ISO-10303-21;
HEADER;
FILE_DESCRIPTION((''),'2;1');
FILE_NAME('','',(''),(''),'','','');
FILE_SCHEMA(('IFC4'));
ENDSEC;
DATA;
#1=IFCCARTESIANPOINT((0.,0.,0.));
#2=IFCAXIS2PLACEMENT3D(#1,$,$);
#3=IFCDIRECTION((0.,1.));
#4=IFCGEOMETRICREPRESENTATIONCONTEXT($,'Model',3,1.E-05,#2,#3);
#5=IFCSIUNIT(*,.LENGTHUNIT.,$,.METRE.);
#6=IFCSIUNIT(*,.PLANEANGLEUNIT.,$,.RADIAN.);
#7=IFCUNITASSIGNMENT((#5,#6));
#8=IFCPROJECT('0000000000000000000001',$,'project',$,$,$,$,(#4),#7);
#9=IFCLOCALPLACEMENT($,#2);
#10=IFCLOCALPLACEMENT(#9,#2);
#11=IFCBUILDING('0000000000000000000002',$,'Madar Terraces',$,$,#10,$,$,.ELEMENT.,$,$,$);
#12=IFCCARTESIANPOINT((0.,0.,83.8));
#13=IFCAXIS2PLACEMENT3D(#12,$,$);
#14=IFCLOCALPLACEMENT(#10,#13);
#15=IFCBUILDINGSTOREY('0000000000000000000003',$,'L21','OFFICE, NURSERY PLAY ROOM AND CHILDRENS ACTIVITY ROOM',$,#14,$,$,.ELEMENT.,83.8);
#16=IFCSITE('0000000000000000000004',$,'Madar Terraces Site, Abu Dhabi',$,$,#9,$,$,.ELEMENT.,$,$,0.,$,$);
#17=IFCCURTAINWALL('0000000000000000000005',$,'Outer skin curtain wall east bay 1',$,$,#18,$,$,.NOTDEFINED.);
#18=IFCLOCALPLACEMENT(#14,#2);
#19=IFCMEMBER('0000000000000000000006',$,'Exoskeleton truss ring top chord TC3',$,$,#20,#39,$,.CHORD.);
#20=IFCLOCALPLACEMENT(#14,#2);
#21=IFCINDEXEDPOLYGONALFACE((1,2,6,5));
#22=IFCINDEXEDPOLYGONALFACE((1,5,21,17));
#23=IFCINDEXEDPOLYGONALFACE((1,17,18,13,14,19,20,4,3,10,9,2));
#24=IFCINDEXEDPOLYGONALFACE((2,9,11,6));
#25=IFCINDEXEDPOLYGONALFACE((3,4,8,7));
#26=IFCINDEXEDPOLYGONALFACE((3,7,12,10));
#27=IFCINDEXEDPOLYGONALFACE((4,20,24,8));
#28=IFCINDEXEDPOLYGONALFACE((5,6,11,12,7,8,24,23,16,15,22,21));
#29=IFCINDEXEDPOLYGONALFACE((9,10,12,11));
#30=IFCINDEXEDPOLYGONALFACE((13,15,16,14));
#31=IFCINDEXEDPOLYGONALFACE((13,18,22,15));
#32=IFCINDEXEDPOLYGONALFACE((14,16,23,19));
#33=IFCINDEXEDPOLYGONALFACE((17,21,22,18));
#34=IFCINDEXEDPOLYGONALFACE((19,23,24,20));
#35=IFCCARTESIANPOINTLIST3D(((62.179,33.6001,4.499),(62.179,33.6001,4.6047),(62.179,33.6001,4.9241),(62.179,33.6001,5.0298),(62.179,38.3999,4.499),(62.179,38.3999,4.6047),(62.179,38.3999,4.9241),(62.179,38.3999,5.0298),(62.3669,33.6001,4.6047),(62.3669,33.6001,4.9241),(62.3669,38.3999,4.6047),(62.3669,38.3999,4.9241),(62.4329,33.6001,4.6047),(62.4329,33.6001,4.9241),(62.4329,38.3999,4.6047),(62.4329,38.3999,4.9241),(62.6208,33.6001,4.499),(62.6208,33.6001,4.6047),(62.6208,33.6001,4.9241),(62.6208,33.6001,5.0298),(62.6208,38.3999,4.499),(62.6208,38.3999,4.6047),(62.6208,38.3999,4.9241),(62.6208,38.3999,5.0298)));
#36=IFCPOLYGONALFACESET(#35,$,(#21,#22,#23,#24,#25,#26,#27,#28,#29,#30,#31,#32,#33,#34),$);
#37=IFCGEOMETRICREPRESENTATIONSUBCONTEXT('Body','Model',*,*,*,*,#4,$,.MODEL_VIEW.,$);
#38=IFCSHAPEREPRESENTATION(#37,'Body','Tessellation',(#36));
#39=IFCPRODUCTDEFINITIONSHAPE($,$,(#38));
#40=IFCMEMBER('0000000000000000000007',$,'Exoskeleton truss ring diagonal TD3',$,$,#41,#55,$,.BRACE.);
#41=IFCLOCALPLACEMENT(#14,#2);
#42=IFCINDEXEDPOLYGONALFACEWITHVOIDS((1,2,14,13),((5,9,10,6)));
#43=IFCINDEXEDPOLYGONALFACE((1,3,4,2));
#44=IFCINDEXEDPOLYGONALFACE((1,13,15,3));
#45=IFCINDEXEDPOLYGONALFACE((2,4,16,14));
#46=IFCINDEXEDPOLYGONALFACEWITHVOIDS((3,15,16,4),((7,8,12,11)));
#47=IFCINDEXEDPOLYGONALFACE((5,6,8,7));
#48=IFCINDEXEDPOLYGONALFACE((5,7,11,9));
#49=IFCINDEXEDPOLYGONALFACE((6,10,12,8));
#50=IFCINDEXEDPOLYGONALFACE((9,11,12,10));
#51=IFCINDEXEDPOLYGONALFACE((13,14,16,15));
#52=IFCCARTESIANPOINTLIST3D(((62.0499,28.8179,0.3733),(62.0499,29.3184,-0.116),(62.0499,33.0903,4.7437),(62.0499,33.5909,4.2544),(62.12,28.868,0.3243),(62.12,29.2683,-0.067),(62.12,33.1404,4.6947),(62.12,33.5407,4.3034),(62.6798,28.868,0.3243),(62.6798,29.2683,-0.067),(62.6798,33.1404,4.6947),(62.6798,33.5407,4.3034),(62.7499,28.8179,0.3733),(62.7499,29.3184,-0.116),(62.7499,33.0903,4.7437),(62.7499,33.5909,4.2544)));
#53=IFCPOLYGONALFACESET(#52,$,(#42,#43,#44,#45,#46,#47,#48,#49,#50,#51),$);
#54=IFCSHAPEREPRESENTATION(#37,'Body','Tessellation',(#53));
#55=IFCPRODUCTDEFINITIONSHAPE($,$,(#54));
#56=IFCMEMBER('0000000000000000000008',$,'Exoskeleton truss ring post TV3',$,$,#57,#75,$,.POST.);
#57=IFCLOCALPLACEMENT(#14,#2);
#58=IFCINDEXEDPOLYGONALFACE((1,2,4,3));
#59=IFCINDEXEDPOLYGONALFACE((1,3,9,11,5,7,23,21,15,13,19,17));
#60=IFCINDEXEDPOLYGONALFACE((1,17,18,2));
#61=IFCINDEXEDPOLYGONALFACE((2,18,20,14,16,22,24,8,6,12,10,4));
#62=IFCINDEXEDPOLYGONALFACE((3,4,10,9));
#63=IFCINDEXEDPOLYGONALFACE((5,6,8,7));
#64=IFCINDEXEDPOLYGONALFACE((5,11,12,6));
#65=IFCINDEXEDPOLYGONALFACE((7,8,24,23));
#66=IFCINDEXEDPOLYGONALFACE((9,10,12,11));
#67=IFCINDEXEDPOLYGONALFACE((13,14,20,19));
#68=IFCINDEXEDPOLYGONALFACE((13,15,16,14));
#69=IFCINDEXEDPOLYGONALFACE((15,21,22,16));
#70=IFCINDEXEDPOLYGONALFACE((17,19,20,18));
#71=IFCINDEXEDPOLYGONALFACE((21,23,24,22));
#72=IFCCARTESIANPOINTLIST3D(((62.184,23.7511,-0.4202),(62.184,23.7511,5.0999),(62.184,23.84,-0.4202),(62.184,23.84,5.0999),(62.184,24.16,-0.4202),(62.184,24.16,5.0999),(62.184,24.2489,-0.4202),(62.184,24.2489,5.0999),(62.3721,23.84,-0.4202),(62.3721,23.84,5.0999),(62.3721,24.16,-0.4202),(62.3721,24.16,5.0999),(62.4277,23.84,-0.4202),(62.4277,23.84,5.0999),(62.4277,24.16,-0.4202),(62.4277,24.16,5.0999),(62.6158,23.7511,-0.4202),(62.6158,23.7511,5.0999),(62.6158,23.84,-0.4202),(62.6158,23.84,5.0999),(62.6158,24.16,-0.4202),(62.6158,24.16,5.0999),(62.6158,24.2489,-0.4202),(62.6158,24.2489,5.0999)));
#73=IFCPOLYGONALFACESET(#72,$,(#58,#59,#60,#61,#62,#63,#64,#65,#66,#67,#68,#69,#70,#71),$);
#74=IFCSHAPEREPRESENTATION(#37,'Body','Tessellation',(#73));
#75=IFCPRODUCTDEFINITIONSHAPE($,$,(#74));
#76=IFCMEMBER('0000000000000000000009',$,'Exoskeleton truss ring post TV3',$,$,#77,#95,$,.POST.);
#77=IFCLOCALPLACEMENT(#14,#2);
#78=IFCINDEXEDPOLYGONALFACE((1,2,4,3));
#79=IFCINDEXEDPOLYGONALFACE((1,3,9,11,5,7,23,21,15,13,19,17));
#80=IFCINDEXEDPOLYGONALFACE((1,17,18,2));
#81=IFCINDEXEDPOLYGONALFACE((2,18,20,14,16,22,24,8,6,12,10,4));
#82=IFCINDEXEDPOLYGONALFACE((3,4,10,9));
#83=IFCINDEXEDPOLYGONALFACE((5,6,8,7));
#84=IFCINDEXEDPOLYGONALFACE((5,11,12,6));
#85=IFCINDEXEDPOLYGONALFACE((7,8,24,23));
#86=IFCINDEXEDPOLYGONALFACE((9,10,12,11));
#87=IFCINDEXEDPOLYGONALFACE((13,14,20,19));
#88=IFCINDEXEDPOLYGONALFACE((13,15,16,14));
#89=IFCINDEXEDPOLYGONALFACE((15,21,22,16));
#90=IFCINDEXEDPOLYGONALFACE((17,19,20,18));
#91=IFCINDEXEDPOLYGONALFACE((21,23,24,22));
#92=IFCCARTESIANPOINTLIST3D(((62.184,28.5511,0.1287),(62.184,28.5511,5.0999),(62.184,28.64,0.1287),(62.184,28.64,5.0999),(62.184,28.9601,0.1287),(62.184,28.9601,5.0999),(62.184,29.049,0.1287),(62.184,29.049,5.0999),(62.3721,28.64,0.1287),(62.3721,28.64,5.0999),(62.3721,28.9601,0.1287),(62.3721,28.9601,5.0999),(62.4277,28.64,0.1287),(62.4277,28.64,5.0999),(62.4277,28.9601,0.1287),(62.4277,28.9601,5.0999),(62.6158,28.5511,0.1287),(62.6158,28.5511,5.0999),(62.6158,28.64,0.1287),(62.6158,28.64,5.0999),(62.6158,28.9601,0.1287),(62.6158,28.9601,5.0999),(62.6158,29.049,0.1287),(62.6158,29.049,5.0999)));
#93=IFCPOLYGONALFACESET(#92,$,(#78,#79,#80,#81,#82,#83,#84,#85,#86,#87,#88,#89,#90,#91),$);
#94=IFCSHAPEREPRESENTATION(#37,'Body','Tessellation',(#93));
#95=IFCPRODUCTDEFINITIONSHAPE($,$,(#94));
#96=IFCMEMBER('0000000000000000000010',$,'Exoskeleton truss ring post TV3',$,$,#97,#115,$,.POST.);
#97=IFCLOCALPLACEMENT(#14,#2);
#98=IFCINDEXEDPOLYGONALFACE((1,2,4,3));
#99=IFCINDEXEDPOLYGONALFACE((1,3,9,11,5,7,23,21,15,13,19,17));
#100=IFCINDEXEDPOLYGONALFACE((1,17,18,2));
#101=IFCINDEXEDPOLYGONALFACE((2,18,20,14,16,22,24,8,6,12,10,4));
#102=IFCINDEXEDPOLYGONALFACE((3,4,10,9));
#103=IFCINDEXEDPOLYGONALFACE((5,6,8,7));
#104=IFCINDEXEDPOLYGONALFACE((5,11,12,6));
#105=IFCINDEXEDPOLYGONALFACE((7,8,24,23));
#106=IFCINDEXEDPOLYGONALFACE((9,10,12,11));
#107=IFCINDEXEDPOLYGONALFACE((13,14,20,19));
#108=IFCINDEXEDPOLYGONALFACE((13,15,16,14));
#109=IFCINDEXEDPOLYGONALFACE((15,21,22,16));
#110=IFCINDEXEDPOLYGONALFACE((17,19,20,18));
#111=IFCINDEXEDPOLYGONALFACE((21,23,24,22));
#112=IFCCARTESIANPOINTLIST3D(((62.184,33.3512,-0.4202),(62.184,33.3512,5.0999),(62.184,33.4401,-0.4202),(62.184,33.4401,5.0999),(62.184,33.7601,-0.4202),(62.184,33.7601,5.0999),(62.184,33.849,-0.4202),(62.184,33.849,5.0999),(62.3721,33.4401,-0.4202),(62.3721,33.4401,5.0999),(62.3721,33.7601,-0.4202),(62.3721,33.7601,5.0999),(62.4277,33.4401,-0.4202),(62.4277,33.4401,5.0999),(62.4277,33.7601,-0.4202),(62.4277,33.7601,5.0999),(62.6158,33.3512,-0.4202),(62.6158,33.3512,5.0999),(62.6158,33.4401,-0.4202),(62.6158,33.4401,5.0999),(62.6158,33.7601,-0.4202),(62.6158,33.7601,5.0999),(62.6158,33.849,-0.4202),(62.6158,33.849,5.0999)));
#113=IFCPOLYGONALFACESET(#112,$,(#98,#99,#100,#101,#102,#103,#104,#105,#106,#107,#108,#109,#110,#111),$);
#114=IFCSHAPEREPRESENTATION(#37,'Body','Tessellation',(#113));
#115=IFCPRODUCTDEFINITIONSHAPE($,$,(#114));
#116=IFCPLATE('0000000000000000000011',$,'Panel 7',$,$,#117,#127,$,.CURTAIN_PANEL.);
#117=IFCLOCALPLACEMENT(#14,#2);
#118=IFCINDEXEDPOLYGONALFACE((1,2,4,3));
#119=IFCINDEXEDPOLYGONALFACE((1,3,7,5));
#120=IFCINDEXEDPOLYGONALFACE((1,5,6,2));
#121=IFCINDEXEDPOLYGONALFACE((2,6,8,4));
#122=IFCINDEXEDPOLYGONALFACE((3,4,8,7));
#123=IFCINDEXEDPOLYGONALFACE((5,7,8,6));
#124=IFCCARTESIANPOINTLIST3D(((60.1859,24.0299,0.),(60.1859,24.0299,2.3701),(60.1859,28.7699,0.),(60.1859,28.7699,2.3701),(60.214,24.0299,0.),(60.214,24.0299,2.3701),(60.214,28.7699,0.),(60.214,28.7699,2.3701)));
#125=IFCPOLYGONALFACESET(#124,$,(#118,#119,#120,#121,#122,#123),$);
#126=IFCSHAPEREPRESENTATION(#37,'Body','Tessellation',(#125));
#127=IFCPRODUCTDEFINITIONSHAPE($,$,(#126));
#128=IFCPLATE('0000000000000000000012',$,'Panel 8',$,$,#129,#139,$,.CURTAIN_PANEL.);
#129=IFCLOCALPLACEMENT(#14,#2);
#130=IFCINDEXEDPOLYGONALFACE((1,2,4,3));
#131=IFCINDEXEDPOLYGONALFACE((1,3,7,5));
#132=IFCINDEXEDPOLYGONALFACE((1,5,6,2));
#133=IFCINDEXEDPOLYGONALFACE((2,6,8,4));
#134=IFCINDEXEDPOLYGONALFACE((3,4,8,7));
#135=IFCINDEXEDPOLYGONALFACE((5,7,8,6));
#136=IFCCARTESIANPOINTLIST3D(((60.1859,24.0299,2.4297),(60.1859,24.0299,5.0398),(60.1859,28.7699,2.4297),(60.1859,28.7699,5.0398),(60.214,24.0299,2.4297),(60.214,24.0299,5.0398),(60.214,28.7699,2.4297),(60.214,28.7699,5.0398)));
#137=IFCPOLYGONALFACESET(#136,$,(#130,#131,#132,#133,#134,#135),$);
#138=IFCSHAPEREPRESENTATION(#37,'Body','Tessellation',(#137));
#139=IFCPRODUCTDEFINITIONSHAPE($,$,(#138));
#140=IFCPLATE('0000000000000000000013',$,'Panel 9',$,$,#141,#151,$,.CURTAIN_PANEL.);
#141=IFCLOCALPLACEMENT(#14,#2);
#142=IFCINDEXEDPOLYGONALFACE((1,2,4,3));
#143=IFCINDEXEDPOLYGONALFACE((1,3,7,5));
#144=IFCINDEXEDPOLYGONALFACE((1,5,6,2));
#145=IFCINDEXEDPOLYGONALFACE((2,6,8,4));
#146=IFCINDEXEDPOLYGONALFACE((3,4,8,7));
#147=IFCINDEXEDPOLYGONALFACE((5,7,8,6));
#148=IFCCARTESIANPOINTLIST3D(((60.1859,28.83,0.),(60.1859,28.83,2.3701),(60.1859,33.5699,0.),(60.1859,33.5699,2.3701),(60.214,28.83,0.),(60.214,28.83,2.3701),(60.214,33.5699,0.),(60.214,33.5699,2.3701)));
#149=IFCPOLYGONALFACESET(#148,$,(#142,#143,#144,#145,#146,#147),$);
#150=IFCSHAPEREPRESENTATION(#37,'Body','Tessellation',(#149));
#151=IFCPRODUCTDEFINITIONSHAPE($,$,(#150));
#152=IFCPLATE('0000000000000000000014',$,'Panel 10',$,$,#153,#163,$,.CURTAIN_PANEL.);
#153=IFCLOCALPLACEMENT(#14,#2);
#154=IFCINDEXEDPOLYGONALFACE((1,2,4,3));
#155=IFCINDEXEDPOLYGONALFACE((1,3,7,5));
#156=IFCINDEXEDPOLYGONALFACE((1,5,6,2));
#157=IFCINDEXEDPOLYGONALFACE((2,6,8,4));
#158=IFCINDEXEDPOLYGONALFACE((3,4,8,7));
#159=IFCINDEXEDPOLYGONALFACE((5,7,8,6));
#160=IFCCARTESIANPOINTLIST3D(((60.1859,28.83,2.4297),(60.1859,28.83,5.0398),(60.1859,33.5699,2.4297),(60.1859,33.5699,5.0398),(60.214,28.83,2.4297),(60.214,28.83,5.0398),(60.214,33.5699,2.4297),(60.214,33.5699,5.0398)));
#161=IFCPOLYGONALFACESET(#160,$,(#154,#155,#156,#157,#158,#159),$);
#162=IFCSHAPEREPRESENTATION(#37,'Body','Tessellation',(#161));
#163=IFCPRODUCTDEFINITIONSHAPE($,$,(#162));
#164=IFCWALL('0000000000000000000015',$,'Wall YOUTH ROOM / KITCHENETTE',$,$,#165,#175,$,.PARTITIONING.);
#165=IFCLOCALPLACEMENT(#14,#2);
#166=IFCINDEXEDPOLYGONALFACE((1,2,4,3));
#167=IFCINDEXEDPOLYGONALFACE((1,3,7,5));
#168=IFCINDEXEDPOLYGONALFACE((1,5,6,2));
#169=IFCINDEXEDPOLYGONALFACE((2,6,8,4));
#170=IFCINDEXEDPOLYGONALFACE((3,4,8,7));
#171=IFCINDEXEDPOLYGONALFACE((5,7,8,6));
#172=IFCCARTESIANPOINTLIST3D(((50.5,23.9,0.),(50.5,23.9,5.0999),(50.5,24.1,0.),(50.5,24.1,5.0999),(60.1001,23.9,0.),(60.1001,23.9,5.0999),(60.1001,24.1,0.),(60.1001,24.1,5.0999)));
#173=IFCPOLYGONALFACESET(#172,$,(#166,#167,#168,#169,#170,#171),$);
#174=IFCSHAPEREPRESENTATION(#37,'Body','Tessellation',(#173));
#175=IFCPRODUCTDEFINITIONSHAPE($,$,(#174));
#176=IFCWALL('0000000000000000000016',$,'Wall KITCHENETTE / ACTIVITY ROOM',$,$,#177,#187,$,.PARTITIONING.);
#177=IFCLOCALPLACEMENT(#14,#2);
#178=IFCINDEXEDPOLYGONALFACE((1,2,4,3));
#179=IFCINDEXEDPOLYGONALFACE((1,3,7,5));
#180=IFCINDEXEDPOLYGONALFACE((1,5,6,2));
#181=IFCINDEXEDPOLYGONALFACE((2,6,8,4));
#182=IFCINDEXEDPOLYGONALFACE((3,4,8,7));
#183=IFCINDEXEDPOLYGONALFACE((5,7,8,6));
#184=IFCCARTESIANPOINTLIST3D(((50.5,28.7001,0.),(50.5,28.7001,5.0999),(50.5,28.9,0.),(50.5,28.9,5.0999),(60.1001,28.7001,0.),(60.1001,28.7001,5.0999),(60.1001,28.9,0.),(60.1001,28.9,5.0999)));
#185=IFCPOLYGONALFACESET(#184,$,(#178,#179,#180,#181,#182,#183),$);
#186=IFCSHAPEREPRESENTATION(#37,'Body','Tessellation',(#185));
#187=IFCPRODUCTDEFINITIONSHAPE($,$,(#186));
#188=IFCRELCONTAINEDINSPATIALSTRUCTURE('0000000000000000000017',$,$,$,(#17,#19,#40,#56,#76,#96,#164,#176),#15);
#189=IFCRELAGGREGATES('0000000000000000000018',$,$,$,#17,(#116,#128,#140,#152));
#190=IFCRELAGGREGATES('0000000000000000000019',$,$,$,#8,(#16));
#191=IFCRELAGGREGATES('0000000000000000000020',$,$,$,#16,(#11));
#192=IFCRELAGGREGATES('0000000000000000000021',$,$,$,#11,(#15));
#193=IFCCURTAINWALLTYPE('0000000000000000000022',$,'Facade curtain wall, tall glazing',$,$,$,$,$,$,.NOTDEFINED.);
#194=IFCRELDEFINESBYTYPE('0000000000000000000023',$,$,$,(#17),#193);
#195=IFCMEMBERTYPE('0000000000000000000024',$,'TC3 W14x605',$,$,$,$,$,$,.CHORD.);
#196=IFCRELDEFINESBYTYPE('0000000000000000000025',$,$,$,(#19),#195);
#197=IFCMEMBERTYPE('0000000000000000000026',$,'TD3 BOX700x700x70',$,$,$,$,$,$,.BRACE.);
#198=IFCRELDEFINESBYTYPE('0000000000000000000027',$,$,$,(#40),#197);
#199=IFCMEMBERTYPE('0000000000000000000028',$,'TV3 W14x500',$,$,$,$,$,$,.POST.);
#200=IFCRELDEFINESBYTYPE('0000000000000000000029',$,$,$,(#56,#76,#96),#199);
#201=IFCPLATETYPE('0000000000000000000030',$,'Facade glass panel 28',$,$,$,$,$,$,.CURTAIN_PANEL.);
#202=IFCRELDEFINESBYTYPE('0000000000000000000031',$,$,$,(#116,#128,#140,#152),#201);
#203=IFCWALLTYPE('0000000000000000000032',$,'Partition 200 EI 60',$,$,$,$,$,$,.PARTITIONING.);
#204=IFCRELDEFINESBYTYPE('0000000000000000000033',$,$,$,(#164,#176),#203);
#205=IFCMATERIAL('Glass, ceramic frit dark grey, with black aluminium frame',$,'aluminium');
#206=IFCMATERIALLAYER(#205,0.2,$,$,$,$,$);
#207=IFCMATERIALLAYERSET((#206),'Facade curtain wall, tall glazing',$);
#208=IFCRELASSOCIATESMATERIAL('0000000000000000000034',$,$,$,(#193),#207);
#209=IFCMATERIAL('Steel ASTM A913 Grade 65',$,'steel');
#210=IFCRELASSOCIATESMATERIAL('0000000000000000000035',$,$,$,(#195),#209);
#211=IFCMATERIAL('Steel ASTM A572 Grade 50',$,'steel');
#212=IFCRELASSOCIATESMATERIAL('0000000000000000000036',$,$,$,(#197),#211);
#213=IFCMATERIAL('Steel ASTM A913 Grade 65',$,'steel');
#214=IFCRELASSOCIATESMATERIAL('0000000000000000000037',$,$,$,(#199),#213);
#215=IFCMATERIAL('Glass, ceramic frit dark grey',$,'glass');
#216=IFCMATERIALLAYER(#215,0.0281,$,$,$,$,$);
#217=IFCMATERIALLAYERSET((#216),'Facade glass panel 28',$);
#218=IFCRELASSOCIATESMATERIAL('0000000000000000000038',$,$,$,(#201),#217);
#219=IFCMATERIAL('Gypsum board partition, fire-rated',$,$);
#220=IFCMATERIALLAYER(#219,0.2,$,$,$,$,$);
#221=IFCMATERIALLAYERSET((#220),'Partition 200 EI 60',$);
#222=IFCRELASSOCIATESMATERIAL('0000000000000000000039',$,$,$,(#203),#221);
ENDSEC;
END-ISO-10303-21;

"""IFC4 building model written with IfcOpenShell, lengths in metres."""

from ifc_helpers import new_model, si_unit, direction, frame, frame_2d, origin, origin_2d, place, context, subcontext, project, spatial, rectangle, hollow_rectangle, i_section, extrude, material, layer, layer_set, material_profile, profile_set, type_object, element, aggregate, save


model = new_model("IFC4")

# Units and contexts
model_context = context("Model", 3, precision=1e-05, world=origin(), true_north=direction((0.0, 1.0)))
body_context = subcontext(model_context, "Body", "Model", "MODEL_VIEW")
ifc_project = project(units=[si_unit("LENGTHUNIT", "METRE"), si_unit("PLANEANGLEUNIT", "RADIAN")], contexts=[model_context])

# Site, building, storey
site_placement = place(None, origin())
site = spatial("IfcSite", under=ifc_project, at=site_placement, Name="Madar Terraces Site, Abu Dhabi", CompositionType="ELEMENT", RefElevation=0.0)
building_placement = place(site_placement, origin())
building = spatial("IfcBuilding", under=site, at=building_placement, Name="Madar Terraces", CompositionType="ELEMENT")
storey_placement = place(building_placement, frame((0.0, 0.0, 83.8)))
storey = spatial("IfcBuildingStorey", under=building, at=storey_placement, Name="L21", Description="OFFICE, NURSERY PLAY ROOM AND CHILDRENS ACTIVITY ROOM", CompositionType="ELEMENT", Elevation=83.8)

# Curtain wall
ifc_material_1 = material(Name="Glass, ceramic frit dark grey, with black aluminium frame", Category="aluminium")
ifc_layer_1 = layer(ifc_material_1, 0.2)
ifc_layer_set_1 = layer_set([ifc_layer_1], Name="Facade curtain wall, tall glazing")
curtain_wall_type = type_object("IfcCurtainWallType", Name="Facade curtain wall, tall glazing", PredefinedType="NOTDEFINED", material=ifc_layer_set_1)
curtain_wall_placement = place(storey_placement, origin())
curtain_wall = element("IfcCurtainWall", 1, at=curtain_wall_placement, inside=storey, type_object=curtain_wall_type, Name="Outer skin curtain wall east bay 1", PredefinedType="NOTDEFINED")

# Members
ifc_material_2 = material(Name="Steel ASTM A913 Grade 65", Category="steel")
ifc_material_profile_1 = material_profile(ifc_material_2, i_section(OverallWidth=0.4419, OverallDepth=0.5308, WebThickness=0.0659, FlangeThickness=0.1057, at=origin_2d()), Name="W14x605")
ifc_profile_set_1 = profile_set([ifc_material_profile_1], Name="Steel ASTM A913 Grade 65")
member_type_1 = type_object("IfcMemberType", Name="TC3 W14x605", PredefinedType="CHORD", material=ifc_profile_set_1)
member_1_placement = place(storey_placement, frame((62.3999, 33.6001, 4.7644), z_axis=(0.0, 1.0, 0.0), x_axis=(-1.0, 0.0, 0.0)))
element("IfcMember", 2, at=member_1_placement, inside=storey, type_object=member_type_1, Name="Exoskeleton truss ring top chord TC3", PredefinedType="CHORD", context=body_context, shape_type="SweptSolid", body=[
    extrude(i_section(OverallWidth=0.4419, OverallDepth=0.5308, WebThickness=0.0659, FlangeThickness=0.1057, at=origin_2d()), origin(), (0.0, 0.0, 1.0), 4.7998),
])
ifc_material_3 = material(Name="Steel ASTM A572 Grade 50", Category="steel")
ifc_material_profile_2 = material_profile(ifc_material_3, hollow_rectangle(XDim=0.7, YDim=0.7, WallThickness=0.0701, at=origin_2d()), Name="BOX700x700x70")
ifc_profile_set_2 = profile_set([ifc_material_profile_2], Name="Steel ASTM A572 Grade 50")
member_type_2 = type_object("IfcMemberType", Name="TD3 BOX700x700x70", PredefinedType="BRACE", material=ifc_profile_set_2)
member_2_placement = place(storey_placement, frame((62.3999, 29.0681, 0.1287), z_axis=(0.0, 0.699052, 0.715071), x_axis=(-1.0, 0.0, 0.0)))
element("IfcMember", 3, at=member_2_placement, inside=storey, type_object=member_type_2, Name="Exoskeleton truss ring diagonal TD3", PredefinedType="BRACE", context=body_context, shape_type="SweptSolid", body=[
    extrude(hollow_rectangle(XDim=0.7, YDim=0.7, WallThickness=0.0701, at=origin_2d()), origin(), (0.0, 0.0, 1.0), 6.1118),
])
ifc_material_4 = material(Name="Steel ASTM A913 Grade 65", Category="steel")
ifc_material_profile_3 = material_profile(ifc_material_4, i_section(OverallWidth=0.4319, OverallDepth=0.4978, WebThickness=0.0557, FlangeThickness=0.0889, at=origin_2d()), Name="W14x500")
ifc_profile_set_3 = profile_set([ifc_material_profile_3], Name="Steel ASTM A913 Grade 65")
member_type_3 = type_object("IfcMemberType", Name="TV3 W14x500", PredefinedType="POST", material=ifc_profile_set_3)
member_3_placement = place(storey_placement, frame((62.3999, 24.0, -0.4202), z_axis=(0.0, 0.0, 1.0), x_axis=(-1.0, 0.0, 0.0)))
element("IfcMember", 4, at=member_3_placement, inside=storey, type_object=member_type_3, Name="Exoskeleton truss ring post TV3", PredefinedType="POST", context=body_context, shape_type="SweptSolid", body=[
    extrude(i_section(OverallWidth=0.4319, OverallDepth=0.4978, WebThickness=0.0557, FlangeThickness=0.0889, at=origin_2d()), origin(), (0.0, 0.0, 1.0), 5.52),
])
member_4_placement = place(storey_placement, frame((62.3999, 28.8, 0.1287), z_axis=(0.0, 0.0, 1.0), x_axis=(-1.0, 0.0, 0.0)))
element("IfcMember", 5, at=member_4_placement, inside=storey, type_object=member_type_3, Name="Exoskeleton truss ring post TV3", PredefinedType="POST", context=body_context, shape_type="SweptSolid", body=[
    extrude(i_section(OverallWidth=0.4319, OverallDepth=0.4978, WebThickness=0.0557, FlangeThickness=0.0889, at=origin_2d()), origin(), (0.0, 0.0, 1.0), 4.9712),
])
member_5_placement = place(storey_placement, frame((62.3999, 33.6001, -0.4202), z_axis=(0.0, 0.0, 1.0), x_axis=(-1.0, 0.0, 0.0)))
element("IfcMember", 6, at=member_5_placement, inside=storey, type_object=member_type_3, Name="Exoskeleton truss ring post TV3", PredefinedType="POST", context=body_context, shape_type="SweptSolid", body=[
    extrude(i_section(OverallWidth=0.4319, OverallDepth=0.4978, WebThickness=0.0557, FlangeThickness=0.0889, at=origin_2d()), origin(), (0.0, 0.0, 1.0), 5.52),
])

# Plates
ifc_material_5 = material(Name="Glass, ceramic frit dark grey", Category="glass")
ifc_layer_2 = layer(ifc_material_5, 0.0281)
ifc_layer_set_2 = layer_set([ifc_layer_2], Name="Facade glass panel 28")
plate_type = type_object("IfcPlateType", Name="Facade glass panel 28", PredefinedType="CURTAIN_PANEL", material=ifc_layer_set_2)
plate_1_placement = place(storey_placement, frame((60.2, 26.3999, 0.0), z_axis=(0.0, 0.0, 1.0), x_axis=(0.0, 1.0, 0.0)))
plate_1 = element("IfcPlate", 7, at=plate_1_placement, type_object=plate_type, Name="Panel 7", PredefinedType="CURTAIN_PANEL", context=body_context, shape_type="SweptSolid", body=[
    extrude(rectangle(XDim=4.74, YDim=0.0281, at=origin_2d()), origin(), (0.0, 0.0, 1.0), 2.3701),
])
plate_2_placement = place(storey_placement, frame((60.2, 26.3999, 2.4297), z_axis=(0.0, 0.0, 1.0), x_axis=(0.0, 1.0, 0.0)))
plate_2 = element("IfcPlate", 8, at=plate_2_placement, type_object=plate_type, Name="Panel 8", PredefinedType="CURTAIN_PANEL", context=body_context, shape_type="SweptSolid", body=[
    extrude(rectangle(XDim=4.74, YDim=0.0281, at=origin_2d()), origin(), (0.0, 0.0, 1.0), 2.6101),
])
plate_3_placement = place(storey_placement, frame((60.2, 31.2, 0.0), z_axis=(0.0, 0.0, 1.0), x_axis=(0.0, 1.0, 0.0)))
plate_3 = element("IfcPlate", 9, at=plate_3_placement, type_object=plate_type, Name="Panel 9", PredefinedType="CURTAIN_PANEL", context=body_context, shape_type="SweptSolid", body=[
    extrude(rectangle(XDim=4.74, YDim=0.0281, at=origin_2d()), origin(), (0.0, 0.0, 1.0), 2.3701),
])
plate_4_placement = place(storey_placement, frame((60.2, 31.2, 2.4297), z_axis=(0.0, 0.0, 1.0), x_axis=(0.0, 1.0, 0.0)))
plate_4 = element("IfcPlate", 10, at=plate_4_placement, type_object=plate_type, Name="Panel 10", PredefinedType="CURTAIN_PANEL", context=body_context, shape_type="SweptSolid", body=[
    extrude(rectangle(XDim=4.74, YDim=0.0281, at=origin_2d()), origin(), (0.0, 0.0, 1.0), 2.6101),
])
aggregate(curtain_wall, [plate_1, plate_2, plate_3, plate_4])

# Walls
ifc_material_6 = material(Name="Gypsum board partition, fire-rated")
ifc_layer_3 = layer(ifc_material_6, 0.2)
ifc_layer_set_3 = layer_set([ifc_layer_3], Name="Partition 200 EI 60")
wall_type = type_object("IfcWallType", Name="Partition 200 EI 60", PredefinedType="PARTITIONING", material=ifc_layer_set_3)
for number, where, z_axis, x_axis, name in (
    (11, (50.5, 24.0, 0.0), (0.0, 0.0, 1.0), (1.0, 0.0, 0.0), "Wall YOUTH ROOM / KITCHENETTE"),
    (12, (50.5, 28.8, 0.0), (0.0, 0.0, 1.0), (1.0, 0.0, 0.0), "Wall KITCHENETTE / ACTIVITY ROOM"),
):
    element("IfcWall", number, at=place(storey_placement, frame(where, z_axis=z_axis, x_axis=x_axis)), inside=storey, type_object=wall_type, Name=name, PredefinedType="PARTITIONING", context=body_context, shape_type="SweptSolid", body=[
        extrude(rectangle(XDim=9.6001, YDim=0.2, at=frame_2d((4.8, 0.0))), origin(), (0.0, 0.0, 1.0), 5.0999),
    ])

save(model, "model.ifc")
